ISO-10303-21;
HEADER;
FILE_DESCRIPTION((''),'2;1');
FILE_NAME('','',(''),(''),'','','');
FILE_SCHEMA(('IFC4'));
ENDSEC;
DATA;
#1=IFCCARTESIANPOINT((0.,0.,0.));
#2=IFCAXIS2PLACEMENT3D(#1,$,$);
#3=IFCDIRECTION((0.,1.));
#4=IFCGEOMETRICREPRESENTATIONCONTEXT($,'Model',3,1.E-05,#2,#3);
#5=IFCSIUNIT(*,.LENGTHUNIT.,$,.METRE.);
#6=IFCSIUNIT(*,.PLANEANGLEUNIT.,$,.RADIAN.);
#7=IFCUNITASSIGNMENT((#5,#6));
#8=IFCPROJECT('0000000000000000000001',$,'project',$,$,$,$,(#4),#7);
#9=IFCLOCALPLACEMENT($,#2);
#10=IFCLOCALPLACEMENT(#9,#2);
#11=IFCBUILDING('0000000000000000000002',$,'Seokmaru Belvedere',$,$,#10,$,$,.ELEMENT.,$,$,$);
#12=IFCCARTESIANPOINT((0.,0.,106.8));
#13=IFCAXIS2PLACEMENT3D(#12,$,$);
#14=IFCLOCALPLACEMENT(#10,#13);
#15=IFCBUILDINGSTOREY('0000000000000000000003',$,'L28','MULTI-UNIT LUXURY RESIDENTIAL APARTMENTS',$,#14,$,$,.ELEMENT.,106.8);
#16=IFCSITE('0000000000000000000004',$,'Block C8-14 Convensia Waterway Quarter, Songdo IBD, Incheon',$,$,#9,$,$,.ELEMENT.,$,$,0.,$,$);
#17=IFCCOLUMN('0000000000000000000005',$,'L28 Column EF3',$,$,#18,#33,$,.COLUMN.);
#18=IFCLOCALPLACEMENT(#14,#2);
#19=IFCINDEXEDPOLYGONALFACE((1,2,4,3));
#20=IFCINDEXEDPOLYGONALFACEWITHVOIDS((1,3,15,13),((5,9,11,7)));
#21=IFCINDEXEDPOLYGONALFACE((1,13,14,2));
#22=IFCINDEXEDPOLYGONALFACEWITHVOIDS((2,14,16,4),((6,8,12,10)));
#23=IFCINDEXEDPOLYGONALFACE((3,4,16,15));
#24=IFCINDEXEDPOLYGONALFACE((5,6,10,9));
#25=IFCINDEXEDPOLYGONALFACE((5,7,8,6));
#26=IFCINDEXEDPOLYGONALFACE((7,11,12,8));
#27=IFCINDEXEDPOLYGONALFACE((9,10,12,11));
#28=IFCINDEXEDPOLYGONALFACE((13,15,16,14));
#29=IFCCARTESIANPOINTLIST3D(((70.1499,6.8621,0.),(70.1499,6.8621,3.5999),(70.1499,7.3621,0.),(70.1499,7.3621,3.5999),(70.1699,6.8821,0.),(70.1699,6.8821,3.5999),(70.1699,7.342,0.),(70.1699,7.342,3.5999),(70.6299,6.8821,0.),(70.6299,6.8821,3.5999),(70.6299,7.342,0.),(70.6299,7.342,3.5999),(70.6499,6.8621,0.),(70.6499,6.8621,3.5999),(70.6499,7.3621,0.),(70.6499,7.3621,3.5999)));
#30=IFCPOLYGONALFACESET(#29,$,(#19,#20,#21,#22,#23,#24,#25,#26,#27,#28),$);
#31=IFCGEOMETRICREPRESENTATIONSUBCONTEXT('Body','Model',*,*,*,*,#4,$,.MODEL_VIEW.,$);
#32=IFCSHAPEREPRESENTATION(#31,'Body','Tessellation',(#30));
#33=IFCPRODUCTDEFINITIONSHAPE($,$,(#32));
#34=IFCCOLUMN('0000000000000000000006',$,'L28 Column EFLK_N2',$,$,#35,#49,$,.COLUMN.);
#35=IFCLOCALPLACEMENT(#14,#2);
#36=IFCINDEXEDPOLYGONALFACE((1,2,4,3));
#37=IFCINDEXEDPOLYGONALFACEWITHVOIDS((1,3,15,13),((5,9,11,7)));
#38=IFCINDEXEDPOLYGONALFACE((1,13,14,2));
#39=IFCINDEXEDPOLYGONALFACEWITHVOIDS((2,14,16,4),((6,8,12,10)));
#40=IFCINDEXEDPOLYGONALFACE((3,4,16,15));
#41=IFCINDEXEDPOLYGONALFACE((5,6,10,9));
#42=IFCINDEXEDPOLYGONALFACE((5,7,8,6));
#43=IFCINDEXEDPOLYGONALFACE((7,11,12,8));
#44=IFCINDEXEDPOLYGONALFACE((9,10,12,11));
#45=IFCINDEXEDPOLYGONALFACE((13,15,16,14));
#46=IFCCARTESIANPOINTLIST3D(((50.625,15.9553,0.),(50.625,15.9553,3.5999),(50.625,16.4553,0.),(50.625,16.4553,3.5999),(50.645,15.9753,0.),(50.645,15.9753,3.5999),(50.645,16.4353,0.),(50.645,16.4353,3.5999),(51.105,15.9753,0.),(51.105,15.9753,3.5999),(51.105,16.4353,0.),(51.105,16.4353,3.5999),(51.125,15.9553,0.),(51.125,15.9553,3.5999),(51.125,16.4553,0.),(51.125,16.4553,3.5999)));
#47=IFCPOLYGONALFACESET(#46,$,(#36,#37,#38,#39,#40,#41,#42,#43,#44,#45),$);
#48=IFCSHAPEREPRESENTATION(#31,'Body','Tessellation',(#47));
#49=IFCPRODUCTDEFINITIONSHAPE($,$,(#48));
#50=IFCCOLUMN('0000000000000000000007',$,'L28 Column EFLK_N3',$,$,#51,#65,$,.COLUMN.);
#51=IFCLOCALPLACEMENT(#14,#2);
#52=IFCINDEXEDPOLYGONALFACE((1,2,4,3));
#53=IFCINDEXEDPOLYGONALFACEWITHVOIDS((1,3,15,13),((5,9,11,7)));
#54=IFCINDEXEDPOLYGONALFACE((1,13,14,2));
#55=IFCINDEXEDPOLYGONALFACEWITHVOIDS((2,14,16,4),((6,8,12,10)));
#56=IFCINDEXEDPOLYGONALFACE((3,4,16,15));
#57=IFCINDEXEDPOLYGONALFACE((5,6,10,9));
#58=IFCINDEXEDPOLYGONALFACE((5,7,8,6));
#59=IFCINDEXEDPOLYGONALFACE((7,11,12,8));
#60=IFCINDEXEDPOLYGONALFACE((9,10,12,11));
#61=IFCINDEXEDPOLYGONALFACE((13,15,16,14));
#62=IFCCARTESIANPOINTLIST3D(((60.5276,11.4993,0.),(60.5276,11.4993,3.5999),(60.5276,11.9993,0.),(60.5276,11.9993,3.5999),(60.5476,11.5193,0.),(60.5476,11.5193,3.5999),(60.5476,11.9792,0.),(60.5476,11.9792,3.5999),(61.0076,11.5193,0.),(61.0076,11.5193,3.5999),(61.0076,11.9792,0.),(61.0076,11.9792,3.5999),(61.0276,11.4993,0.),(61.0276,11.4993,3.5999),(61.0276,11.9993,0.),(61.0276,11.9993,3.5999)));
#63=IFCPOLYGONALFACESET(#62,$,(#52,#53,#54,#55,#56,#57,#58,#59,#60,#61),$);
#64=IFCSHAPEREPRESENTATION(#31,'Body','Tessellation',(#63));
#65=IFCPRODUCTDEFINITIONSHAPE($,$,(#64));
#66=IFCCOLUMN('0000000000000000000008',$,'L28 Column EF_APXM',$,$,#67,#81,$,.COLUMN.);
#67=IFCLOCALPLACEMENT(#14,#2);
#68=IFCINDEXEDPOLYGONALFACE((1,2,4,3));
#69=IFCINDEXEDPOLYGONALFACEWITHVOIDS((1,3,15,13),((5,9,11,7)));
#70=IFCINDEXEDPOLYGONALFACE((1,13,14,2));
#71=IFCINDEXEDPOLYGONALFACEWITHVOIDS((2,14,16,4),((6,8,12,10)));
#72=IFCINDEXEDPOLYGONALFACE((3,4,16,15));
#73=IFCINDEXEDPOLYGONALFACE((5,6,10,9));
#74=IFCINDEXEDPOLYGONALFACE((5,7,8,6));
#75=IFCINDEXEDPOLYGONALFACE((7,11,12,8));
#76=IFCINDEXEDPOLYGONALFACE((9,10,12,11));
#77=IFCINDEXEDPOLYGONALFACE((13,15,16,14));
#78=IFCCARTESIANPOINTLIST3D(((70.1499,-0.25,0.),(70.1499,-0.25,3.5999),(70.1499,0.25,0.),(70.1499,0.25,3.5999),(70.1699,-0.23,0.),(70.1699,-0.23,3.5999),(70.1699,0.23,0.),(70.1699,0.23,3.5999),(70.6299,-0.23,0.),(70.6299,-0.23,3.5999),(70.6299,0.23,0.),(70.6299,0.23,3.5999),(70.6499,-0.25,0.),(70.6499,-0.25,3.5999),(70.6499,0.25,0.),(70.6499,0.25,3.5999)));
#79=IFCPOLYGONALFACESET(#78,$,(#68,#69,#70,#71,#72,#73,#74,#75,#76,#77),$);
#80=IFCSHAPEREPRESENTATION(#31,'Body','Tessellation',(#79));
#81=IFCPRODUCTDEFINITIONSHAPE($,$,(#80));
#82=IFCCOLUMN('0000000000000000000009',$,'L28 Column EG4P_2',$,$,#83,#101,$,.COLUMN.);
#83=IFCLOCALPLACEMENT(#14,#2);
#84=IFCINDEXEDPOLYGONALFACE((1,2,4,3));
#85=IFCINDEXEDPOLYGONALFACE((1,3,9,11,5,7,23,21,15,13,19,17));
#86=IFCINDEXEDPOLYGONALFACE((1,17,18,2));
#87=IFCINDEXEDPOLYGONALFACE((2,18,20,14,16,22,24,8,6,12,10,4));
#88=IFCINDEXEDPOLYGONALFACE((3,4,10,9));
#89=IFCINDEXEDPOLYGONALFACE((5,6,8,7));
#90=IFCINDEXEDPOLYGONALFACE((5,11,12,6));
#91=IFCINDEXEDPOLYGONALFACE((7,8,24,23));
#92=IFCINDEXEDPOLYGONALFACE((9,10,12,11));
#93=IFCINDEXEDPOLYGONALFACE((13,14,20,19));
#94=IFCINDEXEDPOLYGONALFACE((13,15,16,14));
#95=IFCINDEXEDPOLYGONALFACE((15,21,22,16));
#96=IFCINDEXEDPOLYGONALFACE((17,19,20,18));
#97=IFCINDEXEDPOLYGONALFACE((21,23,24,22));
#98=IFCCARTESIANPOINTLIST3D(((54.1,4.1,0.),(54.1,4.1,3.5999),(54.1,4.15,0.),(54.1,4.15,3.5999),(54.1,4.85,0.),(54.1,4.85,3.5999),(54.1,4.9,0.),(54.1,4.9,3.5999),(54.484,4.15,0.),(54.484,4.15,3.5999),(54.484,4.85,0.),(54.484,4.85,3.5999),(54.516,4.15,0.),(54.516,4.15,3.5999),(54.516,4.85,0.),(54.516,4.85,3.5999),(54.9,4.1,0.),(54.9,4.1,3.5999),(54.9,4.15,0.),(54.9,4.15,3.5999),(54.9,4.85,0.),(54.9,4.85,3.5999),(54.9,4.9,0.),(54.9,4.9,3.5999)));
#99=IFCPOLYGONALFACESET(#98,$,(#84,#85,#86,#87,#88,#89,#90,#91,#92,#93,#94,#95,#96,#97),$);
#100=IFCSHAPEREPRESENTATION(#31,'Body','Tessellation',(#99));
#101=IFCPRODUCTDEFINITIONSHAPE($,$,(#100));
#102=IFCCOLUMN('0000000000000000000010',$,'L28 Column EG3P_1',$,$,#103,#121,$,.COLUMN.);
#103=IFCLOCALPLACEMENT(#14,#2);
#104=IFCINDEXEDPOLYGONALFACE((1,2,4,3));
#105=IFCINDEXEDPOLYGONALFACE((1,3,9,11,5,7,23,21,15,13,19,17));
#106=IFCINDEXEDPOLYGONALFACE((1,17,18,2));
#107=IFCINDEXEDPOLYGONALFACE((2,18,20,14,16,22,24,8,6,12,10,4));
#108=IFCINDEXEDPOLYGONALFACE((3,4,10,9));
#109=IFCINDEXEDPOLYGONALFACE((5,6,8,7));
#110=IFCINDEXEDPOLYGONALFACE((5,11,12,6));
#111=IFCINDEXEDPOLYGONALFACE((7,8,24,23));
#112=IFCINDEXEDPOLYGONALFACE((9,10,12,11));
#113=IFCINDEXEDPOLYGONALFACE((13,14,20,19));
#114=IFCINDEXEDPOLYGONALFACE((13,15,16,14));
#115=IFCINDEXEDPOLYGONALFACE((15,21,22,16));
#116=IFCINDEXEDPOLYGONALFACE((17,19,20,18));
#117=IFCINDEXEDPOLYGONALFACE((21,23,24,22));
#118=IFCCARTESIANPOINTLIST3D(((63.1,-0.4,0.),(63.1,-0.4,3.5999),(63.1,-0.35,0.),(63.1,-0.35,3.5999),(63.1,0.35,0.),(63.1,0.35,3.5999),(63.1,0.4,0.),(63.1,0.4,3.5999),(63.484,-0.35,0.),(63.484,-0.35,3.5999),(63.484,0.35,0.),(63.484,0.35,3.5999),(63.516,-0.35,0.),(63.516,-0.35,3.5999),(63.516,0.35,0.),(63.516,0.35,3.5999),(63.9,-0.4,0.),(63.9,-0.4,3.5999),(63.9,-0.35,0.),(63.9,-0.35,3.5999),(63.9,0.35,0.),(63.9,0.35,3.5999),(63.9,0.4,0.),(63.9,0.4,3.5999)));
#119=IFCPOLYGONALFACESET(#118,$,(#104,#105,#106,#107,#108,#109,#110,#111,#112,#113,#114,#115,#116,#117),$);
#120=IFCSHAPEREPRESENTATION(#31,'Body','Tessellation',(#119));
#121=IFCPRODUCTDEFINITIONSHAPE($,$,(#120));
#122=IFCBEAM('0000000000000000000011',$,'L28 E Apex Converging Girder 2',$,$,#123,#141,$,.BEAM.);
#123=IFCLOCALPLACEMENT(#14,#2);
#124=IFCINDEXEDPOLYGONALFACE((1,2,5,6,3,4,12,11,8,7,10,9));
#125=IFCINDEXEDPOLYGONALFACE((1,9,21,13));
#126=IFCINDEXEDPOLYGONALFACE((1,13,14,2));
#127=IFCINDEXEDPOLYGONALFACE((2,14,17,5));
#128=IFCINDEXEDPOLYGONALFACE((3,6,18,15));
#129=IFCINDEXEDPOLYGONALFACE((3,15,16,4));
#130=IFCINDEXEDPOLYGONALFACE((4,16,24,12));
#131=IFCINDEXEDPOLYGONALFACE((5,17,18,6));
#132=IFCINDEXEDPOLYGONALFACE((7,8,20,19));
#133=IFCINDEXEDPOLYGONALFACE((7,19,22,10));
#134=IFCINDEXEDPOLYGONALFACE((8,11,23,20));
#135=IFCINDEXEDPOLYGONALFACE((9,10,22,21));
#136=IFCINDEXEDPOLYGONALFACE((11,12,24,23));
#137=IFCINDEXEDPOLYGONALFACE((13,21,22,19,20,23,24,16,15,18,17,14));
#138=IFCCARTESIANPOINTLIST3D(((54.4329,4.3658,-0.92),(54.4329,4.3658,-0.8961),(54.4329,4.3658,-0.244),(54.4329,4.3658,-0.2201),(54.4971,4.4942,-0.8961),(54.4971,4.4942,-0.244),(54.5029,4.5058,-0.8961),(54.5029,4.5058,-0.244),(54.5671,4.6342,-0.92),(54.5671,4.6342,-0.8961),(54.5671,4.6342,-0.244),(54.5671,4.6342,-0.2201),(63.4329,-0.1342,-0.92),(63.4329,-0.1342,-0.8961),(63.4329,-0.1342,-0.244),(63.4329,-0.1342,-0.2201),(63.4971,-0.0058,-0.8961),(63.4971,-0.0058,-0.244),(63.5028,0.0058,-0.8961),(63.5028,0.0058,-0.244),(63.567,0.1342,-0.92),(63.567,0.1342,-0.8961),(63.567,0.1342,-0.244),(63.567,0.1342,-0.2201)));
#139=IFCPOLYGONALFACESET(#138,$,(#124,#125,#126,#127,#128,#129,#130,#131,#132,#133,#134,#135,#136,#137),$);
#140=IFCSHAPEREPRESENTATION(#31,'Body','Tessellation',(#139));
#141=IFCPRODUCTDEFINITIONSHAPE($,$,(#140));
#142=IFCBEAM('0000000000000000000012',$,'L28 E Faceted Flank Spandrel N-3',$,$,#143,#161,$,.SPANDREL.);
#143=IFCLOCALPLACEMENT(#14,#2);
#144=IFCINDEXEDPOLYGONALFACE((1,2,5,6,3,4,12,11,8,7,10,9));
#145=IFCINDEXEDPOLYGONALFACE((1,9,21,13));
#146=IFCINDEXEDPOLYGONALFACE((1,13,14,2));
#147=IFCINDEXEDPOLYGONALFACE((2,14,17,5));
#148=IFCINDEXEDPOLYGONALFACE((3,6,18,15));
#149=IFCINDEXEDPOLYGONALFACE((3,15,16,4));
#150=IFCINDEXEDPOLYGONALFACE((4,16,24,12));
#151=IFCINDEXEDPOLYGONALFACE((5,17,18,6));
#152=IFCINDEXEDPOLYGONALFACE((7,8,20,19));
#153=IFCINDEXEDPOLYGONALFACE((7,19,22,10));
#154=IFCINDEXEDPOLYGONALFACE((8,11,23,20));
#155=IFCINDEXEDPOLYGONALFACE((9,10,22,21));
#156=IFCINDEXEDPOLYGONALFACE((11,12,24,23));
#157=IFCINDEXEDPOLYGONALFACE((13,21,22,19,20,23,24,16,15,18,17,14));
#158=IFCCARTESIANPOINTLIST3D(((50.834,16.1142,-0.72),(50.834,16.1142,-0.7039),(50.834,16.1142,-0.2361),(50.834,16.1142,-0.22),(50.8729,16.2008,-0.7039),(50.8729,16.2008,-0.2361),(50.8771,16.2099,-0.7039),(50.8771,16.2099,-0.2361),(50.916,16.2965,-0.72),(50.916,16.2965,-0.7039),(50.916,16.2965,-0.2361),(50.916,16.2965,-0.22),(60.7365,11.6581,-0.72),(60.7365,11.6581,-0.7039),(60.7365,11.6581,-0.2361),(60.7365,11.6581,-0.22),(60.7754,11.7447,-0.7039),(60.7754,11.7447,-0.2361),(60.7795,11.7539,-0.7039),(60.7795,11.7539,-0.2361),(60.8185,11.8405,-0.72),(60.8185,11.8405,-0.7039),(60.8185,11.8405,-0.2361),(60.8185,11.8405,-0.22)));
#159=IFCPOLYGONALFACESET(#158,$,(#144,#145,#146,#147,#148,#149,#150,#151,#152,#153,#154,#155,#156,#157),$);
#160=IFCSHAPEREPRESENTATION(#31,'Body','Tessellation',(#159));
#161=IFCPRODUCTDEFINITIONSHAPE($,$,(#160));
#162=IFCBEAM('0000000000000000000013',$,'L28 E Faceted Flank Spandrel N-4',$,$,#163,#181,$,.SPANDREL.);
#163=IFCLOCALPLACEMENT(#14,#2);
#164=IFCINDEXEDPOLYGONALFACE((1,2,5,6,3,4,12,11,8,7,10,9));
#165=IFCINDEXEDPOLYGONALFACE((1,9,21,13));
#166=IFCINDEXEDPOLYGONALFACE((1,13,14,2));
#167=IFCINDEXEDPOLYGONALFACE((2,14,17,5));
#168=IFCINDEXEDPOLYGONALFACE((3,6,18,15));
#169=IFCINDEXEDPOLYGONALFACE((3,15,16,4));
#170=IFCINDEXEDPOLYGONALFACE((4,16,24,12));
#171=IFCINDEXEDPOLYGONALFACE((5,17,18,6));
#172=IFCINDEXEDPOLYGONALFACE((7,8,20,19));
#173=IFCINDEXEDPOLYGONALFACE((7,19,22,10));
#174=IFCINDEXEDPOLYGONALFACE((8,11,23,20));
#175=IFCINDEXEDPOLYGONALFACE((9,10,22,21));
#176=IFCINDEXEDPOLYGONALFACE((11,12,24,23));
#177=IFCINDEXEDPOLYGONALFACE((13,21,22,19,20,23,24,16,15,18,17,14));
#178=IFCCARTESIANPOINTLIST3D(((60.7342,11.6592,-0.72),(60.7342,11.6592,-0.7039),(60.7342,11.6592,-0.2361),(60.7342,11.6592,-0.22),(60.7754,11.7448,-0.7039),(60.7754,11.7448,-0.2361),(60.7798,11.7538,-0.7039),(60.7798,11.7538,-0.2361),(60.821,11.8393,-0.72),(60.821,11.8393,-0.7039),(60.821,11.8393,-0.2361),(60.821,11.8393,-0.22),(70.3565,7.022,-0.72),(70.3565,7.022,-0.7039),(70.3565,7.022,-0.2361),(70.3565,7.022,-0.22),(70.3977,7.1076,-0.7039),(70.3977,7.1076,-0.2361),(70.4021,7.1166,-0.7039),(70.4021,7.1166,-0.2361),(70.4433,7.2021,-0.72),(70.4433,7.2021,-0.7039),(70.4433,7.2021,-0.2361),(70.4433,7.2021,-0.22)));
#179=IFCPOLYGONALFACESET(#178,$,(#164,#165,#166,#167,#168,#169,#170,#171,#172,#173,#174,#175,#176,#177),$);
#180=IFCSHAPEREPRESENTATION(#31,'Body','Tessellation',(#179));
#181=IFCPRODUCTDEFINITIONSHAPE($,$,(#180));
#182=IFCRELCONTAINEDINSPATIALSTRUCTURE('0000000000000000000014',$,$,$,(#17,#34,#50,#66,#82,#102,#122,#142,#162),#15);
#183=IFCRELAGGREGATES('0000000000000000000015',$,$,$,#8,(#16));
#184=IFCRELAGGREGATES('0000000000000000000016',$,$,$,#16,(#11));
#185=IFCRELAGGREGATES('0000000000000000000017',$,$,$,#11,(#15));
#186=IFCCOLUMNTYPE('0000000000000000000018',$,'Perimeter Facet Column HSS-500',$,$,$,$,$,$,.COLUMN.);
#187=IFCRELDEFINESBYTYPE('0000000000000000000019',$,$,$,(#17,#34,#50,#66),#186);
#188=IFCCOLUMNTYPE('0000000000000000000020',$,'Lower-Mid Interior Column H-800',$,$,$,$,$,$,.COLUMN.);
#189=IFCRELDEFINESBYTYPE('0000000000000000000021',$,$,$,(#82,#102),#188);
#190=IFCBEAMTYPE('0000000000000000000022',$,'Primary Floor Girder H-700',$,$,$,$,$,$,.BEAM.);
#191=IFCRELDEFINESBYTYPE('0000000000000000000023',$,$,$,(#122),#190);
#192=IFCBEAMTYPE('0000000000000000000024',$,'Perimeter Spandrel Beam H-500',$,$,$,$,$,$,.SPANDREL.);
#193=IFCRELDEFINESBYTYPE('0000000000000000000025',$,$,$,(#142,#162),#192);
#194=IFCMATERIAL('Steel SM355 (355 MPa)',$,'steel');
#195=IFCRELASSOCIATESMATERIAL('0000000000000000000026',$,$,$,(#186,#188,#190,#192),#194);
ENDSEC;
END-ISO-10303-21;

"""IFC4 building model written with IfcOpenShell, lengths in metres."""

from ifc_helpers import new_model, si_unit, direction, frame, origin, origin_2d, place, context, subcontext, project, spatial, hollow_rectangle, i_section, extrude, source, transform, mapped, material, material_profile, profile_set, type_object, type_shapes, element, save


model = new_model("IFC4")

# Units and contexts
model_context = context("Model", 3, precision=1e-05, world=origin(), true_north=direction((0.0, 1.0)))
body_context = subcontext(model_context, "Body", "Model", "MODEL_VIEW")
ifc_project = project(units=[si_unit("LENGTHUNIT", "METRE"), si_unit("PLANEANGLEUNIT", "RADIAN")], contexts=[model_context])

# Site, building, storey
site_placement = place(None, origin())
site = spatial("IfcSite", under=ifc_project, at=site_placement, Name="Block C8-14 Convensia Waterway Quarter, Songdo IBD, Incheon", CompositionType="ELEMENT", RefElevation=0.0)
building_placement = place(site_placement, origin())
building = spatial("IfcBuilding", under=site, at=building_placement, Name="Seokmaru Belvedere", CompositionType="ELEMENT")
storey_placement = place(building_placement, frame((0.0, 0.0, 106.8)))
storey = spatial("IfcBuildingStorey", under=building, at=storey_placement, Name="L28", Description="MULTI-UNIT LUXURY RESIDENTIAL APARTMENTS", CompositionType="ELEMENT", Elevation=106.8)

# Columns
ifc_material_1 = material(Name="Steel SM355 (355 MPa)", Category="steel")
ifc_material_profile_1 = material_profile(ifc_material_1, hollow_rectangle(XDim=0.5, YDim=0.5, WallThickness=0.02, at=origin_2d()), Name="HSS-500x500x20")
ifc_profile_set_1 = profile_set([ifc_material_profile_1], Name="Steel SM355 (355 MPa)")
column_type_1 = type_object("IfcColumnType", Name="Perimeter Facet Column HSS-500", PredefinedType="COLUMN", material=ifc_profile_set_1)
shared_shape_1 = source(origin(), body_context, "Body", "SweptSolid", [
    extrude(hollow_rectangle(XDim=0.5, YDim=0.5, WallThickness=0.02, at=origin_2d()), origin(), (0.0, 0.0, 1.0), 3.5999),
])
type_shapes(column_type_1, [shared_shape_1])
for number, where, z_axis, x_axis, name in (
    (1, (70.3999, 7.1121, 0.0), (0.0, 0.0, 1.0), (1.0, 0.0, 0.0), "L28 Column EF3"),
    (2, (50.875, 16.2053, 0.0), (0.0, 0.0, 1.0), (1.0, 0.0, 0.0), "L28 Column EFLK_N2"),
    (3, (60.7776, 11.7493, 0.0), (0.0, 0.0, 1.0), (1.0, 0.0, 0.0), "L28 Column EFLK_N3"),
    (4, (70.3999, 0.0, 0.0), (0.0, 0.0, 1.0), (1.0, 0.0, 0.0), "L28 Column EF_APXM"),
):
    element("IfcColumn", number, at=place(storey_placement, frame(where, z_axis=z_axis, x_axis=x_axis)), inside=storey, type_object=column_type_1, Name=name, PredefinedType="COLUMN", context=body_context, shape_type="MappedRepresentation", body=[
        mapped(shared_shape_1, transform((0.0, 0.0, 0.0), scale=1.0)),
    ])
ifc_material_profile_2 = material_profile(ifc_material_1, i_section(OverallWidth=0.8, OverallDepth=0.8, WebThickness=0.032, FlangeThickness=0.05, at=origin_2d()), Name="H-800x800x32x50")
ifc_profile_set_2 = profile_set([ifc_material_profile_2], Name="Steel SM355 (355 MPa)")
column_type_2 = type_object("IfcColumnType", Name="Lower-Mid Interior Column H-800", PredefinedType="COLUMN", material=ifc_profile_set_2)
shared_shape_2 = source(origin(), body_context, "Body", "SweptSolid", [
    extrude(i_section(OverallWidth=0.8, OverallDepth=0.8, WebThickness=0.032, FlangeThickness=0.05, at=origin_2d()), origin(), (0.0, 0.0, 1.0), 3.5999),
])
type_shapes(column_type_2, [shared_shape_2])
for number, where, z_axis, x_axis, name in (
    (5, (54.5, 4.5, 0.0), (0.0, 0.0, 1.0), (1.0, 0.0, 0.0), "L28 Column EG4P_2"),
    (6, (63.5, 0.0, 0.0), (0.0, 0.0, 1.0), (1.0, 0.0, 0.0), "L28 Column EG3P_1"),
):
    element("IfcColumn", number, at=place(storey_placement, frame(where, z_axis=z_axis, x_axis=x_axis)), inside=storey, type_object=column_type_2, Name=name, PredefinedType="COLUMN", context=body_context, shape_type="MappedRepresentation", body=[
        mapped(shared_shape_2, transform((0.0, 0.0, 0.0), scale=1.0)),
    ])

# Beams
ifc_material_profile_3 = material_profile(ifc_material_1, i_section(OverallWidth=0.3, OverallDepth=0.7, WebThickness=0.0129, FlangeThickness=0.0239, at=origin_2d()), Name="H-700x300x13x24")
ifc_profile_set_3 = profile_set([ifc_material_profile_3], Name="Steel SM355 (355 MPa)")
beam_type_1 = type_object("IfcBeamType", Name="Primary Floor Girder H-700", PredefinedType="BEAM", material=ifc_profile_set_3)
shared_shape_3 = source(origin(), body_context, "Body", "SweptSolid", [
    extrude(i_section(OverallWidth=0.3, OverallDepth=0.7, WebThickness=0.0129, FlangeThickness=0.0239, at=origin_2d()), origin(), (0.0, 0.0, 1.0), 10.0623),
])
beam_1_placement = place(storey_placement, frame((54.5, 4.5, -0.5701), z_axis=(0.894427, -0.447214, 0.0), x_axis=(0.447214, 0.894427, 0.0)))
element("IfcBeam", 7, at=beam_1_placement, inside=storey, type_object=beam_type_1, Name="L28 E Apex Converging Girder 2", PredefinedType="BEAM", context=body_context, shape_type="MappedRepresentation", body=[
    mapped(shared_shape_3, transform((0.0, 0.0, 0.0), scale=1.0)),
])
ifc_material_profile_4 = material_profile(ifc_material_1, i_section(OverallWidth=0.2, OverallDepth=0.5, WebThickness=0.01, FlangeThickness=0.0161, at=origin_2d()), Name="H-500x200x10x16")
ifc_profile_set_4 = profile_set([ifc_material_profile_4], Name="Steel SM355 (355 MPa)")
beam_type_2 = type_object("IfcBeamType", Name="Perimeter Spandrel Beam H-500", PredefinedType="SPANDREL", material=ifc_profile_set_4)
shared_shape_4 = source(origin(), body_context, "Body", "SweptSolid", [
    extrude(i_section(OverallWidth=0.2, OverallDepth=0.5, WebThickness=0.01, FlangeThickness=0.0161, at=origin_2d()), origin(), (0.0, 0.0, 1.0), 10.8589),
])
beam_2_placement = place(storey_placement, frame((50.875, 16.2053, -0.47), z_axis=(0.911925, -0.410356, 0.0), x_axis=(0.410356, 0.911925, 0.0)))
element("IfcBeam", 8, at=beam_2_placement, inside=storey, type_object=beam_type_2, Name="L28 E Faceted Flank Spandrel N-3", PredefinedType="SPANDREL", context=body_context, shape_type="MappedRepresentation", body=[
    mapped(shared_shape_4, transform((0.0, 0.0, 0.0), scale=1.0)),
])
shared_shape_5 = source(origin(), body_context, "Body", "SweptSolid", [
    extrude(i_section(OverallWidth=0.2, OverallDepth=0.5, WebThickness=0.01, FlangeThickness=0.0161, at=origin_2d()), origin(), (0.0, 0.0, 1.0), 10.6814),
])
beam_3_placement = place(storey_placement, frame((60.7776, 11.7493, -0.47), z_axis=(0.900846, -0.434138, 0.0), x_axis=(0.434138, 0.900846, 0.0)))
element("IfcBeam", 9, at=beam_3_placement, inside=storey, type_object=beam_type_2, Name="L28 E Faceted Flank Spandrel N-4", PredefinedType="SPANDREL", context=body_context, shape_type="MappedRepresentation", body=[
    mapped(shared_shape_5, transform((0.0, 0.0, 0.0), scale=1.0)),
])

save(model, "model.ifc")
